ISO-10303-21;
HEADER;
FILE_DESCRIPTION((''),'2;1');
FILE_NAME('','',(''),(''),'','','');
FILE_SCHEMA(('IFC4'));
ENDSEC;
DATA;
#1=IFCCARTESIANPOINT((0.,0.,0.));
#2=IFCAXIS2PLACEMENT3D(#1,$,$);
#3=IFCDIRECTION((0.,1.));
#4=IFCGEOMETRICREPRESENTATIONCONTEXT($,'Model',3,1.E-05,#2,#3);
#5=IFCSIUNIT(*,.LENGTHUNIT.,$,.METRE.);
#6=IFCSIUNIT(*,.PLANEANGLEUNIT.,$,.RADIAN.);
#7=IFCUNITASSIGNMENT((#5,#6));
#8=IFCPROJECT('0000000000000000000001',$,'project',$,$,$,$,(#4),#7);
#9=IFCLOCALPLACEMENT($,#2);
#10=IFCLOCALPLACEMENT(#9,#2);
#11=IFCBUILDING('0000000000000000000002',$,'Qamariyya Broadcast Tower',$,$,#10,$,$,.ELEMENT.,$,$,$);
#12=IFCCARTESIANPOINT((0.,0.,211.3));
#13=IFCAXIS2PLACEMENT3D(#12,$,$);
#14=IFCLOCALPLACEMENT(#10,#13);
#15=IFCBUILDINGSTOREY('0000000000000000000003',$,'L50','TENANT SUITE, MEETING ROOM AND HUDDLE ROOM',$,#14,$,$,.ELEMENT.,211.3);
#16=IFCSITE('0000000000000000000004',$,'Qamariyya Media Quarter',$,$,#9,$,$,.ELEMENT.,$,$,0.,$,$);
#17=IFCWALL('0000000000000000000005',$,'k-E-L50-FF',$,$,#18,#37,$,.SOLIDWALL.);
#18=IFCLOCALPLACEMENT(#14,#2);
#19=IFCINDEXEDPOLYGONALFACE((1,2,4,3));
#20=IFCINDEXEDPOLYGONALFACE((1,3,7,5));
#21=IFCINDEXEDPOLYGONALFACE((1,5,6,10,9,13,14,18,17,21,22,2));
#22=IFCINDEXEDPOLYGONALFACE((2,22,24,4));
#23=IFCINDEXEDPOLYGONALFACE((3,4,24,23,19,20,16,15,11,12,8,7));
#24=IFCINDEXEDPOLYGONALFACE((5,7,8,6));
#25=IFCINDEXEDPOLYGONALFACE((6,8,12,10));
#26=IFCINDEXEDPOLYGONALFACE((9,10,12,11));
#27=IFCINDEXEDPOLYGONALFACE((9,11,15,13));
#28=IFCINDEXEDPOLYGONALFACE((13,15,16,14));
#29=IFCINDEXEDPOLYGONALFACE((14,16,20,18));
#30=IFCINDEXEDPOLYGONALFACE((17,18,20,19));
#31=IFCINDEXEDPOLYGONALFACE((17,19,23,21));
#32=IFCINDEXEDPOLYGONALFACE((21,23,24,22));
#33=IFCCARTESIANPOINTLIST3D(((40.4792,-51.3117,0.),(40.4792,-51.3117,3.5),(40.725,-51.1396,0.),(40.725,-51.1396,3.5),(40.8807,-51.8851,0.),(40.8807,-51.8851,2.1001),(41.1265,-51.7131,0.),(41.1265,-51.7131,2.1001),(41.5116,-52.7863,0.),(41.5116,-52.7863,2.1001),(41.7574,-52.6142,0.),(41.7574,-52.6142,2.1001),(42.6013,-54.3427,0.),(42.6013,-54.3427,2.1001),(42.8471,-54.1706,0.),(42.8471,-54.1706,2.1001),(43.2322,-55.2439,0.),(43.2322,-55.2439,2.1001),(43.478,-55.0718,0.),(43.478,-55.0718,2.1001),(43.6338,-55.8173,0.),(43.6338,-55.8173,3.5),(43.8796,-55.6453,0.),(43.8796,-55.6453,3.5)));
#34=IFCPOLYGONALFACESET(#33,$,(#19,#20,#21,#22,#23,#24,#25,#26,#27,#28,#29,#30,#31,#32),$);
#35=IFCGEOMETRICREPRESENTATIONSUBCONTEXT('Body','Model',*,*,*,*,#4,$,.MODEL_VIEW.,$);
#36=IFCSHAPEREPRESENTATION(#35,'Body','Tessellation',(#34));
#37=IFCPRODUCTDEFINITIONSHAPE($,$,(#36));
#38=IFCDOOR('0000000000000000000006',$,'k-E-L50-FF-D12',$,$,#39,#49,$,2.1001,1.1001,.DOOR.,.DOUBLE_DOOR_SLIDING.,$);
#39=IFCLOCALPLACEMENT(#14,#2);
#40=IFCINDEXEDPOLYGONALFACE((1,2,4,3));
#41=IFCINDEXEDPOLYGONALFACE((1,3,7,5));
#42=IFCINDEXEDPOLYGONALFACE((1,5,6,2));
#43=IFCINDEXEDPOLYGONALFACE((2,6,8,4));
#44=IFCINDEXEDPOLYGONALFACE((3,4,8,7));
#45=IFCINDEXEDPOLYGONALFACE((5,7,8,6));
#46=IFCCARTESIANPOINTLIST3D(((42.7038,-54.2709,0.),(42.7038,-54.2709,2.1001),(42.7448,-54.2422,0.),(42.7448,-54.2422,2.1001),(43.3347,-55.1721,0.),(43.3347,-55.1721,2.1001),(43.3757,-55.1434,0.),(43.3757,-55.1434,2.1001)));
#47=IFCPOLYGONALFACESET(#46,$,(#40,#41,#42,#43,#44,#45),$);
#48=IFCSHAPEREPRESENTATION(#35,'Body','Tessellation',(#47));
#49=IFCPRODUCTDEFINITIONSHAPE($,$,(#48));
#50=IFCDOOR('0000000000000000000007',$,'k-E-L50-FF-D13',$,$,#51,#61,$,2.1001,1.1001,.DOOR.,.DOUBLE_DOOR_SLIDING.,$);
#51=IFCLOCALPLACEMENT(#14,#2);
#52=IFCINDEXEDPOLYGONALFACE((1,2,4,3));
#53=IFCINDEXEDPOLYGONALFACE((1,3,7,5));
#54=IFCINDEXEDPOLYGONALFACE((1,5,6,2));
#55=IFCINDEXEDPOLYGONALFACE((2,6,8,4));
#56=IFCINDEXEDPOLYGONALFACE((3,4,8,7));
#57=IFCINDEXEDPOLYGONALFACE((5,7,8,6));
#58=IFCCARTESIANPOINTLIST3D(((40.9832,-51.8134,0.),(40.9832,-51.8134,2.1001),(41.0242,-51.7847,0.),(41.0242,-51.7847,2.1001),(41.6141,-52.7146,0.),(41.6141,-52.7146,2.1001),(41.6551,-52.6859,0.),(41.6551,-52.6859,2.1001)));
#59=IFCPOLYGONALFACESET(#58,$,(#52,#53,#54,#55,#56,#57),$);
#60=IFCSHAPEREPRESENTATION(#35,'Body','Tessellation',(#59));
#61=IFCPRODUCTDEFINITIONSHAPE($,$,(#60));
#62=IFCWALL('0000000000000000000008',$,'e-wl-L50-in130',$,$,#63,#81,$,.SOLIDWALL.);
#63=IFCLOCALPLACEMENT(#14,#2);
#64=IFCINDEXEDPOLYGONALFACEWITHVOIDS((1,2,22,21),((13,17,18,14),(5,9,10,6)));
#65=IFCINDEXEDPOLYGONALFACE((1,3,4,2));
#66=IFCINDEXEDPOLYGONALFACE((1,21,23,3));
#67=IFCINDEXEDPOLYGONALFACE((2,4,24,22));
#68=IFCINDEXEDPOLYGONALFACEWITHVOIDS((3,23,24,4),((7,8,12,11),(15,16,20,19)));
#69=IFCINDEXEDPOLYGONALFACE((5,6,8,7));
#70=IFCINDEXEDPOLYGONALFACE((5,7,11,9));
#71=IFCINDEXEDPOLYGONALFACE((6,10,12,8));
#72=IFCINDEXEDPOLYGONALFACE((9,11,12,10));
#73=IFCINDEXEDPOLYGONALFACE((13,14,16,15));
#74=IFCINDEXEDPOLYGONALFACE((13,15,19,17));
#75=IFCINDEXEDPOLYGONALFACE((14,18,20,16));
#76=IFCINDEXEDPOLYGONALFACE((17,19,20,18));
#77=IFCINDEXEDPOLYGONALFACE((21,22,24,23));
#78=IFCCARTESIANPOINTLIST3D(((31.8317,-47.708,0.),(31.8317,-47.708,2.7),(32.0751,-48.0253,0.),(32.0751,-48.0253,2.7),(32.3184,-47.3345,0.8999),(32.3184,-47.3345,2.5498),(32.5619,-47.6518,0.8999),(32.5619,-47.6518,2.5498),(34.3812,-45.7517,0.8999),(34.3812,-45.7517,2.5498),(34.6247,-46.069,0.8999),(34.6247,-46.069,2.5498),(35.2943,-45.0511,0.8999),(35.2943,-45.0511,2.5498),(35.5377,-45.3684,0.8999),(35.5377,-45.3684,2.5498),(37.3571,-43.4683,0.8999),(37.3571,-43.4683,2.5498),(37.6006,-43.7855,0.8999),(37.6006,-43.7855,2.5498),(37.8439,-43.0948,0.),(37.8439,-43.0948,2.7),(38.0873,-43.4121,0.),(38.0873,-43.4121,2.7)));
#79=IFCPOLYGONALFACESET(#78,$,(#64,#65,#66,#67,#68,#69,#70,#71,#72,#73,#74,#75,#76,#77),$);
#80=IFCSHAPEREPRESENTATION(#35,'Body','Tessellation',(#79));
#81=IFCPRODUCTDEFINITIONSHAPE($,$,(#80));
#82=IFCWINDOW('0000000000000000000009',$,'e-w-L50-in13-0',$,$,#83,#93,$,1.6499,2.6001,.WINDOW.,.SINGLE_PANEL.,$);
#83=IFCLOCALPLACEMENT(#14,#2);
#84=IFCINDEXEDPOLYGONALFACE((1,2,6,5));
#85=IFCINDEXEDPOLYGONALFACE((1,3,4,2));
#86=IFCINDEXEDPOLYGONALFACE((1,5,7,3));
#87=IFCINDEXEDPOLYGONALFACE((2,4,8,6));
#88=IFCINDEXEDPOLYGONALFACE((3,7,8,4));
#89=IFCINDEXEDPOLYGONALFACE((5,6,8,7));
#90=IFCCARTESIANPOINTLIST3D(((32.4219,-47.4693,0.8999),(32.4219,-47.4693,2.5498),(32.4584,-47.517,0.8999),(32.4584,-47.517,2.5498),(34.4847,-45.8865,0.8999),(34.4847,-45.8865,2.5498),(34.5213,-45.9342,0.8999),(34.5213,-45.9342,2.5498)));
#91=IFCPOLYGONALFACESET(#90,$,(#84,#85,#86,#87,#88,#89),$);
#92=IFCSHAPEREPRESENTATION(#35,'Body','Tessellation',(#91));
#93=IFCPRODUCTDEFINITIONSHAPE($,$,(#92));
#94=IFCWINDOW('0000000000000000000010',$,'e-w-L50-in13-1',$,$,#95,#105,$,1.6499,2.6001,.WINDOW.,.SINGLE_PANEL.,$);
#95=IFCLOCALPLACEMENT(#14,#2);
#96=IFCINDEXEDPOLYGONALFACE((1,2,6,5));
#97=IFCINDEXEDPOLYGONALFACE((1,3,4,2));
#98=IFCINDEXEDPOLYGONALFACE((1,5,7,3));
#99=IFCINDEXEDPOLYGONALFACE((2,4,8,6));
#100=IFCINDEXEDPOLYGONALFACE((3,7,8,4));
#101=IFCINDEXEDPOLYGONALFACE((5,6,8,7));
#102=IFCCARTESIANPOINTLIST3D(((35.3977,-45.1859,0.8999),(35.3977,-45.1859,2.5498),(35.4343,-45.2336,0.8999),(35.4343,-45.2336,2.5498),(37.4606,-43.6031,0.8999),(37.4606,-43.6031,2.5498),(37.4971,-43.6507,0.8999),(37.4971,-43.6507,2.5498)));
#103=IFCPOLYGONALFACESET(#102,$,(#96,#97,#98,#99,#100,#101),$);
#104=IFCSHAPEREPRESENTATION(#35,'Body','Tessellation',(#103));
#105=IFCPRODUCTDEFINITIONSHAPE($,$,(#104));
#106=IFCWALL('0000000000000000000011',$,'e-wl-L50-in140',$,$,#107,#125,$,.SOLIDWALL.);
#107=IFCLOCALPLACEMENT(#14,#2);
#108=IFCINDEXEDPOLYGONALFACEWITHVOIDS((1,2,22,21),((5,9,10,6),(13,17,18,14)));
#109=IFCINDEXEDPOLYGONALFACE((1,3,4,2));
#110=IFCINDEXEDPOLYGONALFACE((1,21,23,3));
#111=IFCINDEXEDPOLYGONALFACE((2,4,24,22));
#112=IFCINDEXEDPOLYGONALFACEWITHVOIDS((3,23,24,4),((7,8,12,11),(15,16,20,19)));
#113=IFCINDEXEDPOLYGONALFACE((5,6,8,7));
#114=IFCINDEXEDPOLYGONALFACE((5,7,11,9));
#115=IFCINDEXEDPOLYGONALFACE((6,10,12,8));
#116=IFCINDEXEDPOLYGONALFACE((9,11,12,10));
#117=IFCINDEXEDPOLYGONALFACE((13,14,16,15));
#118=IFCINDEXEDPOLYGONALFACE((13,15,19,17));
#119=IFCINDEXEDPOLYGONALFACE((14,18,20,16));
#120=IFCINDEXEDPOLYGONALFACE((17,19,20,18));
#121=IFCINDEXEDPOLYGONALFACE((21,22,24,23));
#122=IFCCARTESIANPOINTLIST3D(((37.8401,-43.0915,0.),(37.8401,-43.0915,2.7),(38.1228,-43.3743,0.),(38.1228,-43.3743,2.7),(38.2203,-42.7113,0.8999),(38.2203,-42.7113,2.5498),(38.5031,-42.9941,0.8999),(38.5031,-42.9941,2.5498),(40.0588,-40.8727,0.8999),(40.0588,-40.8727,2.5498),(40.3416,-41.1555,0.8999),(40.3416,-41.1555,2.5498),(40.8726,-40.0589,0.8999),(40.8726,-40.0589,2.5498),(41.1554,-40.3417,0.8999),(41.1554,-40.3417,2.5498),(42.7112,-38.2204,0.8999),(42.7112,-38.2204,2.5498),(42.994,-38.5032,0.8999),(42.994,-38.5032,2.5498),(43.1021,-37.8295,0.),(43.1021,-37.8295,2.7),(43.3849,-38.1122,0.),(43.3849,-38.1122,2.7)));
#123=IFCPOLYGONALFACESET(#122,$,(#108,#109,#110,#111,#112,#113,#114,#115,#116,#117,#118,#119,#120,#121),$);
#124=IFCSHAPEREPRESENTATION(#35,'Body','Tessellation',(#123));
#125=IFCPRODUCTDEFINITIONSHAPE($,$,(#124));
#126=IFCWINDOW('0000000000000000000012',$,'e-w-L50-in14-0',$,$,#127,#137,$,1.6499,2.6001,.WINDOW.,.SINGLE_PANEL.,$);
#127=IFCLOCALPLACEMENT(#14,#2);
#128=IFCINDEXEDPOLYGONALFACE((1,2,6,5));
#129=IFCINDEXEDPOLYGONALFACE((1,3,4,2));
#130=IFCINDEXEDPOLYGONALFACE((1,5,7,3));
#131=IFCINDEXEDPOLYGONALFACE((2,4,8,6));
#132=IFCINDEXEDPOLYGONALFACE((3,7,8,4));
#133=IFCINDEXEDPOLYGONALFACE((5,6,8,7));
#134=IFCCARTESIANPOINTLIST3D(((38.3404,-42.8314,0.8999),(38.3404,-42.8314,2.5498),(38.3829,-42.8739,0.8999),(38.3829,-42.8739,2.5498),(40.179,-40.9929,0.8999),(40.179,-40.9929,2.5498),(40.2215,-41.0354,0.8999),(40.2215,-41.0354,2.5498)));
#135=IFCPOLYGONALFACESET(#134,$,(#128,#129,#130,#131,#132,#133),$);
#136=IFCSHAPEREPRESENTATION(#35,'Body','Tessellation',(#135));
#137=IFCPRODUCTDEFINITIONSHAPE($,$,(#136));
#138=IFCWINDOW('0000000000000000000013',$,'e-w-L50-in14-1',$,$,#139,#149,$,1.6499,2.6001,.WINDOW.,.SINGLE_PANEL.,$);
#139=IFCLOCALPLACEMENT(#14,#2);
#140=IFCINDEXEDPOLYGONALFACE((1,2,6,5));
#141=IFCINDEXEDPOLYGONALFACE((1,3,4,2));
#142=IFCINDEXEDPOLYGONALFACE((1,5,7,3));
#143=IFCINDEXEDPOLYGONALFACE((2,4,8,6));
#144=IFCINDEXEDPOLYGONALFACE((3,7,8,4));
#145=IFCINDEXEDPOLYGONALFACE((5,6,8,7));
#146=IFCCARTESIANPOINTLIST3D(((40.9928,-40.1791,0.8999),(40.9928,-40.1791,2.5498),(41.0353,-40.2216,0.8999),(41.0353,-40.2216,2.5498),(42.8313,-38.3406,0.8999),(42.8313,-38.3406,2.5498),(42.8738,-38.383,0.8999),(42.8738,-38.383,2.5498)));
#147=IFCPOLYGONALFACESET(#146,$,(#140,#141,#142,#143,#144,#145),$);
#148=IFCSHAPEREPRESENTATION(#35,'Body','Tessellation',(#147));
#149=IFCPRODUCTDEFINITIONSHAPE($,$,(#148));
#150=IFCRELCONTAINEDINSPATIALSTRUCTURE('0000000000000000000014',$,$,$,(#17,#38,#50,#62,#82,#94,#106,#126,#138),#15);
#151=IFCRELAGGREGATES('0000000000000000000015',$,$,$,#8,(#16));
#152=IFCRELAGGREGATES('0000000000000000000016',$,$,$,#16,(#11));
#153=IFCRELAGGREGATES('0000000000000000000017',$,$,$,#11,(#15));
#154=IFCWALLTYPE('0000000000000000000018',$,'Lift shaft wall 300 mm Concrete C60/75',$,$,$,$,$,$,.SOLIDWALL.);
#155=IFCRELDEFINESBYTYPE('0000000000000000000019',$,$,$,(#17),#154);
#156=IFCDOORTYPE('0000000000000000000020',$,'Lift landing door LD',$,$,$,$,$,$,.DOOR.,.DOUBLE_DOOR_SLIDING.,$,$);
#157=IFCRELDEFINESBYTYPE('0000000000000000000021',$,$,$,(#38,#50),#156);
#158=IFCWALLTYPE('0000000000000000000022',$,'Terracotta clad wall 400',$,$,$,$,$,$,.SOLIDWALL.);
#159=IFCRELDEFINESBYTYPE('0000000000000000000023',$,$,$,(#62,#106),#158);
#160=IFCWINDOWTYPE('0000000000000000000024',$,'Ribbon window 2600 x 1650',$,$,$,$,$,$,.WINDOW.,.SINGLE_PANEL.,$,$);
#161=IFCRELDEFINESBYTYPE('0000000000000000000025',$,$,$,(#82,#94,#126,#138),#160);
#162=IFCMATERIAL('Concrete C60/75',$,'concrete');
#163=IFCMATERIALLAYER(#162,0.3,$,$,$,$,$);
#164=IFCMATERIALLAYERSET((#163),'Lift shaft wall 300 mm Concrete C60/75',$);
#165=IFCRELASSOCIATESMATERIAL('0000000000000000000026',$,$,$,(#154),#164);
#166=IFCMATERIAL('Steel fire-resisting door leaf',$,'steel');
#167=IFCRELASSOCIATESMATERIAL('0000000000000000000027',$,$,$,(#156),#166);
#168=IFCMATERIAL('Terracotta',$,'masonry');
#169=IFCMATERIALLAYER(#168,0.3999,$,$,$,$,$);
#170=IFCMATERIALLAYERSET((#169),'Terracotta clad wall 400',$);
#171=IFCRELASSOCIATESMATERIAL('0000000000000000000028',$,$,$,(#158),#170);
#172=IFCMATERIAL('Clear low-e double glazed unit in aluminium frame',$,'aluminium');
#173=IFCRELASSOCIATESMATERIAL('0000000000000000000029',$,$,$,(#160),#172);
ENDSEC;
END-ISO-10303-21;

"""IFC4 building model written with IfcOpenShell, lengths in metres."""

from ifc_helpers import new_model, si_unit, direction, frame, frame_2d, origin, place, context, subcontext, project, spatial, rectangle, extrude, material, layer, layer_set, type_object, element, fill, save


model = new_model("IFC4")

# Units and contexts
model_context = context("Model", 3, precision=1e-05, world=origin(), true_north=direction((0.0, 1.0)))
body_context = subcontext(model_context, "Body", "Model", "MODEL_VIEW")
ifc_project = project(units=[si_unit("LENGTHUNIT", "METRE"), si_unit("PLANEANGLEUNIT", "RADIAN")], contexts=[model_context])

# Site, building, storey
site_placement = place(None, origin())
site = spatial("IfcSite", under=ifc_project, at=site_placement, Name="Qamariyya Media Quarter", CompositionType="ELEMENT", RefElevation=0.0)
building_placement = place(site_placement, origin())
building = spatial("IfcBuilding", under=site, at=building_placement, Name="Qamariyya Broadcast Tower", CompositionType="ELEMENT")
storey_placement = place(building_placement, frame((0.0, 0.0, 211.3)))
storey = spatial("IfcBuildingStorey", under=building, at=storey_placement, Name="L50", Description="TENANT SUITE, MEETING ROOM AND HUDDLE ROOM", CompositionType="ELEMENT", Elevation=211.3)

# Shared definitions
ifc_material_1 = material(Name="Concrete C60/75", Category="concrete")

# Shared definitions
ifc_layer_1 = layer(ifc_material_1, 0.3)
ifc_layer_set_1 = layer_set([ifc_layer_1], Name="Lift shaft wall 300 mm Concrete C60/75")
wall_type_1 = type_object("IfcWallType", Name="Lift shaft wall 300 mm Concrete C60/75", PredefinedType="SOLIDWALL", material=ifc_layer_set_1)
ifc_material_2 = material(Name="Steel fire-resisting door leaf", Category="steel")

# Wall, openings, doors
wall_1_placement = place(storey_placement, frame((43.7566, -55.7312, 0.0), z_axis=(0.0, 0.0, 1.0), x_axis=(-0.573537, 0.81918, 0.0)))
wall_1 = element("IfcWall", 1, at=wall_1_placement, inside=storey, type_object=wall_type_1, Name="k-E-L50-FF", PredefinedType="SOLIDWALL", context=body_context, shape_type="SweptSolid", body=[
    extrude(rectangle(XDim=5.5002, YDim=0.3, at=frame_2d((2.75, 0.0))), origin(), (0.0, 0.0, 1.0), 3.5),
])
opening_1_placement = place(wall_1_placement, frame((0.7, 0.0, 0.0)))
opening_1 = element("IfcOpeningElement", 2, at=opening_1_placement, cuts=wall_1, PredefinedType="OPENING", context=body_context, shape_type="SweptSolid", body=[
    extrude(rectangle(XDim=1.1001, YDim=2.1001, at=frame_2d((0.55, 1.05))), frame((0.0, 0.1599, 0.0), z_axis=(0.0, -1.0, 0.0), x_axis=(1.0, 0.0, 0.0)), (0.0, 0.0, 1.0), 0.3201),
])
opening_2_placement = place(wall_1_placement, frame((3.7, 0.0, 0.0)))
opening_2 = element("IfcOpeningElement", 3, at=opening_2_placement, cuts=wall_1, PredefinedType="OPENING", context=body_context, shape_type="SweptSolid", body=[
    extrude(rectangle(XDim=1.1001, YDim=2.1001, at=frame_2d((0.55, 1.05))), frame((0.0, 0.1599, 0.0), z_axis=(0.0, -1.0, 0.0), x_axis=(1.0, 0.0, 0.0)), (0.0, 0.0, 1.0), 0.3201),
])
door_type_1 = type_object("IfcDoorType", Name="Lift landing door LD", OperationType="DOUBLE_DOOR_SLIDING", PredefinedType="DOOR", material=ifc_material_2)
door_1_placement = place(opening_1_placement, origin())
door_1 = element("IfcDoor", 4, at=door_1_placement, inside=storey, type_object=door_type_1, Name="k-E-L50-FF-D12", OperationType="DOUBLE_DOOR_SLIDING", OverallHeight=2.1001, OverallWidth=1.1001, PredefinedType="DOOR", context=body_context, shape_type="SweptSolid", body=[
    extrude(rectangle(XDim=1.1001, YDim=2.1001, at=frame_2d((0.55, 1.05))), frame((0.0, 0.0249, 0.0), z_axis=(0.0, -1.0, 0.0), x_axis=(1.0, 0.0, 0.0)), (0.0, 0.0, 1.0), 0.05),
])
fill(opening_1, door_1)
door_2_placement = place(opening_2_placement, origin())
door_2 = element("IfcDoor", 5, at=door_2_placement, inside=storey, type_object=door_type_1, Name="k-E-L50-FF-D13", OperationType="DOUBLE_DOOR_SLIDING", OverallHeight=2.1001, OverallWidth=1.1001, PredefinedType="DOOR", context=body_context, shape_type="SweptSolid", body=[
    extrude(rectangle(XDim=1.1001, YDim=2.1001, at=frame_2d((0.55, 1.05))), frame((0.0, 0.0249, 0.0), z_axis=(0.0, -1.0, 0.0), x_axis=(1.0, 0.0, 0.0)), (0.0, 0.0, 1.0), 0.05),
])
fill(opening_2, door_2)

# Walls, openings, windows
ifc_material_3 = material(Name="Terracotta", Category="masonry")
ifc_layer_2 = layer(ifc_material_3, 0.3999)
ifc_layer_set_2 = layer_set([ifc_layer_2], Name="Terracotta clad wall 400")
wall_type_2 = type_object("IfcWallType", Name="Terracotta clad wall 400", PredefinedType="SOLIDWALL", material=ifc_layer_set_2)
wall_2_placement = place(storey_placement, frame((37.9656, -43.2534, 0.0), z_axis=(0.0, 0.0, 1.0), x_axis=(-0.793356, -0.608757, 0.0)))
wall_2 = element("IfcWall", 6, at=wall_2_placement, inside=storey, type_object=wall_type_2, Name="e-wl-L50-in130", PredefinedType="SOLIDWALL", context=body_context, shape_type="SweptSolid", body=[
    extrude(rectangle(XDim=7.5781, YDim=0.3999, at=frame_2d((3.7891, 0.0))), origin(), (0.0, 0.0, 1.0), 2.7),
])
opening_3_placement = place(wall_2_placement, frame((4.3645, 0.0, 0.8999)))
opening_3 = element("IfcOpeningElement", 7, at=opening_3_placement, cuts=wall_2, PredefinedType="OPENING", context=body_context, shape_type="SweptSolid", body=[
    extrude(rectangle(XDim=2.6001, YDim=1.6499, at=frame_2d((1.3, 0.825))), frame((0.0, 0.21, 0.0), z_axis=(0.0, -1.0, 0.0), x_axis=(1.0, 0.0, 0.0)), (0.0, 0.0, 1.0), 0.4199),
])
opening_4_placement = place(wall_2_placement, frame((0.6135, 0.0, 0.8999)))
opening_4 = element("IfcOpeningElement", 8, at=opening_4_placement, cuts=wall_2, PredefinedType="OPENING", context=body_context, shape_type="SweptSolid", body=[
    extrude(rectangle(XDim=2.6001, YDim=1.6499, at=frame_2d((1.3, 0.825))), frame((0.0, 0.21, 0.0), z_axis=(0.0, -1.0, 0.0), x_axis=(1.0, 0.0, 0.0)), (0.0, 0.0, 1.0), 0.4199),
])
ifc_material_4 = material(Name="Clear low-e double glazed unit in aluminium frame", Category="aluminium")
window_type = type_object("IfcWindowType", Name="Ribbon window 2600 x 1650", PartitioningType="SINGLE_PANEL", PredefinedType="WINDOW", material=ifc_material_4)
window_1_placement = place(opening_3_placement, origin())
window_1 = element("IfcWindow", 9, at=window_1_placement, inside=storey, type_object=window_type, Name="e-w-L50-in13-0", OverallHeight=1.6499, OverallWidth=2.6001, PartitioningType="SINGLE_PANEL", PredefinedType="WINDOW", context=body_context, shape_type="SweptSolid", body=[
    extrude(rectangle(XDim=2.6001, YDim=1.6499, at=frame_2d((1.3, 0.825))), frame((0.0, 0.03, 0.0), z_axis=(0.0, -1.0, 0.0), x_axis=(1.0, 0.0, 0.0)), (0.0, 0.0, 1.0), 0.0601),
])
fill(opening_3, window_1)
window_2_placement = place(opening_4_placement, origin())
window_2 = element("IfcWindow", 10, at=window_2_placement, inside=storey, type_object=window_type, Name="e-w-L50-in13-1", OverallHeight=1.6499, OverallWidth=2.6001, PartitioningType="SINGLE_PANEL", PredefinedType="WINDOW", context=body_context, shape_type="SweptSolid", body=[
    extrude(rectangle(XDim=2.6001, YDim=1.6499, at=frame_2d((1.3, 0.825))), frame((0.0, 0.03, 0.0), z_axis=(0.0, -1.0, 0.0), x_axis=(1.0, 0.0, 0.0)), (0.0, 0.0, 1.0), 0.0601),
])
fill(opening_4, window_2)
wall_3_placement = place(storey_placement, frame((43.2434, -37.9709, 0.0), z_axis=(0.0, 0.0, 1.0), x_axis=(-0.707107, -0.707107, 0.0)))
wall_3 = element("IfcWall", 11, at=wall_3_placement, inside=storey, type_object=wall_type_2, Name="e-wl-L50-in140", PredefinedType="SOLIDWALL", context=body_context, shape_type="SweptSolid", body=[
    extrude(rectangle(XDim=7.4417, YDim=0.3999, at=frame_2d((3.7207, 0.0))), origin(), (0.0, 0.0, 1.0), 2.7),
])
opening_5_placement = place(wall_3_placement, frame((4.3037, 0.0, 0.8999)))
opening_5 = element("IfcOpeningElement", 12, at=opening_5_placement, cuts=wall_3, PredefinedType="OPENING", context=body_context, shape_type="SweptSolid", body=[
    extrude(rectangle(XDim=2.6001, YDim=1.6499, at=frame_2d((1.3, 0.825))), frame((0.0, 0.21, 0.0), z_axis=(0.0, -1.0, 0.0), x_axis=(1.0, 0.0, 0.0)), (0.0, 0.0, 1.0), 0.4199),
])
opening_6_placement = place(wall_3_placement, frame((0.5527, 0.0, 0.8999)))
opening_6 = element("IfcOpeningElement", 13, at=opening_6_placement, cuts=wall_3, PredefinedType="OPENING", context=body_context, shape_type="SweptSolid", body=[
    extrude(rectangle(XDim=2.6001, YDim=1.6499, at=frame_2d((1.3, 0.825))), frame((0.0, 0.21, 0.0), z_axis=(0.0, -1.0, 0.0), x_axis=(1.0, 0.0, 0.0)), (0.0, 0.0, 1.0), 0.4199),
])
window_3_placement = place(opening_5_placement, origin())
window_3 = element("IfcWindow", 14, at=window_3_placement, inside=storey, type_object=window_type, Name="e-w-L50-in14-0", OverallHeight=1.6499, OverallWidth=2.6001, PartitioningType="SINGLE_PANEL", PredefinedType="WINDOW", context=body_context, shape_type="SweptSolid", body=[
    extrude(rectangle(XDim=2.6001, YDim=1.6499, at=frame_2d((1.3, 0.825))), frame((0.0, 0.03, 0.0), z_axis=(0.0, -1.0, 0.0), x_axis=(1.0, 0.0, 0.0)), (0.0, 0.0, 1.0), 0.0601),
])
fill(opening_5, window_3)
window_4_placement = place(opening_6_placement, origin())
window_4 = element("IfcWindow", 15, at=window_4_placement, inside=storey, type_object=window_type, Name="e-w-L50-in14-1", OverallHeight=1.6499, OverallWidth=2.6001, PartitioningType="SINGLE_PANEL", PredefinedType="WINDOW", context=body_context, shape_type="SweptSolid", body=[
    extrude(rectangle(XDim=2.6001, YDim=1.6499, at=frame_2d((1.3, 0.825))), frame((0.0, 0.03, 0.0), z_axis=(0.0, -1.0, 0.0), x_axis=(1.0, 0.0, 0.0)), (0.0, 0.0, 1.0), 0.0601),
])
fill(opening_6, window_4)

save(model, "model.ifc")
